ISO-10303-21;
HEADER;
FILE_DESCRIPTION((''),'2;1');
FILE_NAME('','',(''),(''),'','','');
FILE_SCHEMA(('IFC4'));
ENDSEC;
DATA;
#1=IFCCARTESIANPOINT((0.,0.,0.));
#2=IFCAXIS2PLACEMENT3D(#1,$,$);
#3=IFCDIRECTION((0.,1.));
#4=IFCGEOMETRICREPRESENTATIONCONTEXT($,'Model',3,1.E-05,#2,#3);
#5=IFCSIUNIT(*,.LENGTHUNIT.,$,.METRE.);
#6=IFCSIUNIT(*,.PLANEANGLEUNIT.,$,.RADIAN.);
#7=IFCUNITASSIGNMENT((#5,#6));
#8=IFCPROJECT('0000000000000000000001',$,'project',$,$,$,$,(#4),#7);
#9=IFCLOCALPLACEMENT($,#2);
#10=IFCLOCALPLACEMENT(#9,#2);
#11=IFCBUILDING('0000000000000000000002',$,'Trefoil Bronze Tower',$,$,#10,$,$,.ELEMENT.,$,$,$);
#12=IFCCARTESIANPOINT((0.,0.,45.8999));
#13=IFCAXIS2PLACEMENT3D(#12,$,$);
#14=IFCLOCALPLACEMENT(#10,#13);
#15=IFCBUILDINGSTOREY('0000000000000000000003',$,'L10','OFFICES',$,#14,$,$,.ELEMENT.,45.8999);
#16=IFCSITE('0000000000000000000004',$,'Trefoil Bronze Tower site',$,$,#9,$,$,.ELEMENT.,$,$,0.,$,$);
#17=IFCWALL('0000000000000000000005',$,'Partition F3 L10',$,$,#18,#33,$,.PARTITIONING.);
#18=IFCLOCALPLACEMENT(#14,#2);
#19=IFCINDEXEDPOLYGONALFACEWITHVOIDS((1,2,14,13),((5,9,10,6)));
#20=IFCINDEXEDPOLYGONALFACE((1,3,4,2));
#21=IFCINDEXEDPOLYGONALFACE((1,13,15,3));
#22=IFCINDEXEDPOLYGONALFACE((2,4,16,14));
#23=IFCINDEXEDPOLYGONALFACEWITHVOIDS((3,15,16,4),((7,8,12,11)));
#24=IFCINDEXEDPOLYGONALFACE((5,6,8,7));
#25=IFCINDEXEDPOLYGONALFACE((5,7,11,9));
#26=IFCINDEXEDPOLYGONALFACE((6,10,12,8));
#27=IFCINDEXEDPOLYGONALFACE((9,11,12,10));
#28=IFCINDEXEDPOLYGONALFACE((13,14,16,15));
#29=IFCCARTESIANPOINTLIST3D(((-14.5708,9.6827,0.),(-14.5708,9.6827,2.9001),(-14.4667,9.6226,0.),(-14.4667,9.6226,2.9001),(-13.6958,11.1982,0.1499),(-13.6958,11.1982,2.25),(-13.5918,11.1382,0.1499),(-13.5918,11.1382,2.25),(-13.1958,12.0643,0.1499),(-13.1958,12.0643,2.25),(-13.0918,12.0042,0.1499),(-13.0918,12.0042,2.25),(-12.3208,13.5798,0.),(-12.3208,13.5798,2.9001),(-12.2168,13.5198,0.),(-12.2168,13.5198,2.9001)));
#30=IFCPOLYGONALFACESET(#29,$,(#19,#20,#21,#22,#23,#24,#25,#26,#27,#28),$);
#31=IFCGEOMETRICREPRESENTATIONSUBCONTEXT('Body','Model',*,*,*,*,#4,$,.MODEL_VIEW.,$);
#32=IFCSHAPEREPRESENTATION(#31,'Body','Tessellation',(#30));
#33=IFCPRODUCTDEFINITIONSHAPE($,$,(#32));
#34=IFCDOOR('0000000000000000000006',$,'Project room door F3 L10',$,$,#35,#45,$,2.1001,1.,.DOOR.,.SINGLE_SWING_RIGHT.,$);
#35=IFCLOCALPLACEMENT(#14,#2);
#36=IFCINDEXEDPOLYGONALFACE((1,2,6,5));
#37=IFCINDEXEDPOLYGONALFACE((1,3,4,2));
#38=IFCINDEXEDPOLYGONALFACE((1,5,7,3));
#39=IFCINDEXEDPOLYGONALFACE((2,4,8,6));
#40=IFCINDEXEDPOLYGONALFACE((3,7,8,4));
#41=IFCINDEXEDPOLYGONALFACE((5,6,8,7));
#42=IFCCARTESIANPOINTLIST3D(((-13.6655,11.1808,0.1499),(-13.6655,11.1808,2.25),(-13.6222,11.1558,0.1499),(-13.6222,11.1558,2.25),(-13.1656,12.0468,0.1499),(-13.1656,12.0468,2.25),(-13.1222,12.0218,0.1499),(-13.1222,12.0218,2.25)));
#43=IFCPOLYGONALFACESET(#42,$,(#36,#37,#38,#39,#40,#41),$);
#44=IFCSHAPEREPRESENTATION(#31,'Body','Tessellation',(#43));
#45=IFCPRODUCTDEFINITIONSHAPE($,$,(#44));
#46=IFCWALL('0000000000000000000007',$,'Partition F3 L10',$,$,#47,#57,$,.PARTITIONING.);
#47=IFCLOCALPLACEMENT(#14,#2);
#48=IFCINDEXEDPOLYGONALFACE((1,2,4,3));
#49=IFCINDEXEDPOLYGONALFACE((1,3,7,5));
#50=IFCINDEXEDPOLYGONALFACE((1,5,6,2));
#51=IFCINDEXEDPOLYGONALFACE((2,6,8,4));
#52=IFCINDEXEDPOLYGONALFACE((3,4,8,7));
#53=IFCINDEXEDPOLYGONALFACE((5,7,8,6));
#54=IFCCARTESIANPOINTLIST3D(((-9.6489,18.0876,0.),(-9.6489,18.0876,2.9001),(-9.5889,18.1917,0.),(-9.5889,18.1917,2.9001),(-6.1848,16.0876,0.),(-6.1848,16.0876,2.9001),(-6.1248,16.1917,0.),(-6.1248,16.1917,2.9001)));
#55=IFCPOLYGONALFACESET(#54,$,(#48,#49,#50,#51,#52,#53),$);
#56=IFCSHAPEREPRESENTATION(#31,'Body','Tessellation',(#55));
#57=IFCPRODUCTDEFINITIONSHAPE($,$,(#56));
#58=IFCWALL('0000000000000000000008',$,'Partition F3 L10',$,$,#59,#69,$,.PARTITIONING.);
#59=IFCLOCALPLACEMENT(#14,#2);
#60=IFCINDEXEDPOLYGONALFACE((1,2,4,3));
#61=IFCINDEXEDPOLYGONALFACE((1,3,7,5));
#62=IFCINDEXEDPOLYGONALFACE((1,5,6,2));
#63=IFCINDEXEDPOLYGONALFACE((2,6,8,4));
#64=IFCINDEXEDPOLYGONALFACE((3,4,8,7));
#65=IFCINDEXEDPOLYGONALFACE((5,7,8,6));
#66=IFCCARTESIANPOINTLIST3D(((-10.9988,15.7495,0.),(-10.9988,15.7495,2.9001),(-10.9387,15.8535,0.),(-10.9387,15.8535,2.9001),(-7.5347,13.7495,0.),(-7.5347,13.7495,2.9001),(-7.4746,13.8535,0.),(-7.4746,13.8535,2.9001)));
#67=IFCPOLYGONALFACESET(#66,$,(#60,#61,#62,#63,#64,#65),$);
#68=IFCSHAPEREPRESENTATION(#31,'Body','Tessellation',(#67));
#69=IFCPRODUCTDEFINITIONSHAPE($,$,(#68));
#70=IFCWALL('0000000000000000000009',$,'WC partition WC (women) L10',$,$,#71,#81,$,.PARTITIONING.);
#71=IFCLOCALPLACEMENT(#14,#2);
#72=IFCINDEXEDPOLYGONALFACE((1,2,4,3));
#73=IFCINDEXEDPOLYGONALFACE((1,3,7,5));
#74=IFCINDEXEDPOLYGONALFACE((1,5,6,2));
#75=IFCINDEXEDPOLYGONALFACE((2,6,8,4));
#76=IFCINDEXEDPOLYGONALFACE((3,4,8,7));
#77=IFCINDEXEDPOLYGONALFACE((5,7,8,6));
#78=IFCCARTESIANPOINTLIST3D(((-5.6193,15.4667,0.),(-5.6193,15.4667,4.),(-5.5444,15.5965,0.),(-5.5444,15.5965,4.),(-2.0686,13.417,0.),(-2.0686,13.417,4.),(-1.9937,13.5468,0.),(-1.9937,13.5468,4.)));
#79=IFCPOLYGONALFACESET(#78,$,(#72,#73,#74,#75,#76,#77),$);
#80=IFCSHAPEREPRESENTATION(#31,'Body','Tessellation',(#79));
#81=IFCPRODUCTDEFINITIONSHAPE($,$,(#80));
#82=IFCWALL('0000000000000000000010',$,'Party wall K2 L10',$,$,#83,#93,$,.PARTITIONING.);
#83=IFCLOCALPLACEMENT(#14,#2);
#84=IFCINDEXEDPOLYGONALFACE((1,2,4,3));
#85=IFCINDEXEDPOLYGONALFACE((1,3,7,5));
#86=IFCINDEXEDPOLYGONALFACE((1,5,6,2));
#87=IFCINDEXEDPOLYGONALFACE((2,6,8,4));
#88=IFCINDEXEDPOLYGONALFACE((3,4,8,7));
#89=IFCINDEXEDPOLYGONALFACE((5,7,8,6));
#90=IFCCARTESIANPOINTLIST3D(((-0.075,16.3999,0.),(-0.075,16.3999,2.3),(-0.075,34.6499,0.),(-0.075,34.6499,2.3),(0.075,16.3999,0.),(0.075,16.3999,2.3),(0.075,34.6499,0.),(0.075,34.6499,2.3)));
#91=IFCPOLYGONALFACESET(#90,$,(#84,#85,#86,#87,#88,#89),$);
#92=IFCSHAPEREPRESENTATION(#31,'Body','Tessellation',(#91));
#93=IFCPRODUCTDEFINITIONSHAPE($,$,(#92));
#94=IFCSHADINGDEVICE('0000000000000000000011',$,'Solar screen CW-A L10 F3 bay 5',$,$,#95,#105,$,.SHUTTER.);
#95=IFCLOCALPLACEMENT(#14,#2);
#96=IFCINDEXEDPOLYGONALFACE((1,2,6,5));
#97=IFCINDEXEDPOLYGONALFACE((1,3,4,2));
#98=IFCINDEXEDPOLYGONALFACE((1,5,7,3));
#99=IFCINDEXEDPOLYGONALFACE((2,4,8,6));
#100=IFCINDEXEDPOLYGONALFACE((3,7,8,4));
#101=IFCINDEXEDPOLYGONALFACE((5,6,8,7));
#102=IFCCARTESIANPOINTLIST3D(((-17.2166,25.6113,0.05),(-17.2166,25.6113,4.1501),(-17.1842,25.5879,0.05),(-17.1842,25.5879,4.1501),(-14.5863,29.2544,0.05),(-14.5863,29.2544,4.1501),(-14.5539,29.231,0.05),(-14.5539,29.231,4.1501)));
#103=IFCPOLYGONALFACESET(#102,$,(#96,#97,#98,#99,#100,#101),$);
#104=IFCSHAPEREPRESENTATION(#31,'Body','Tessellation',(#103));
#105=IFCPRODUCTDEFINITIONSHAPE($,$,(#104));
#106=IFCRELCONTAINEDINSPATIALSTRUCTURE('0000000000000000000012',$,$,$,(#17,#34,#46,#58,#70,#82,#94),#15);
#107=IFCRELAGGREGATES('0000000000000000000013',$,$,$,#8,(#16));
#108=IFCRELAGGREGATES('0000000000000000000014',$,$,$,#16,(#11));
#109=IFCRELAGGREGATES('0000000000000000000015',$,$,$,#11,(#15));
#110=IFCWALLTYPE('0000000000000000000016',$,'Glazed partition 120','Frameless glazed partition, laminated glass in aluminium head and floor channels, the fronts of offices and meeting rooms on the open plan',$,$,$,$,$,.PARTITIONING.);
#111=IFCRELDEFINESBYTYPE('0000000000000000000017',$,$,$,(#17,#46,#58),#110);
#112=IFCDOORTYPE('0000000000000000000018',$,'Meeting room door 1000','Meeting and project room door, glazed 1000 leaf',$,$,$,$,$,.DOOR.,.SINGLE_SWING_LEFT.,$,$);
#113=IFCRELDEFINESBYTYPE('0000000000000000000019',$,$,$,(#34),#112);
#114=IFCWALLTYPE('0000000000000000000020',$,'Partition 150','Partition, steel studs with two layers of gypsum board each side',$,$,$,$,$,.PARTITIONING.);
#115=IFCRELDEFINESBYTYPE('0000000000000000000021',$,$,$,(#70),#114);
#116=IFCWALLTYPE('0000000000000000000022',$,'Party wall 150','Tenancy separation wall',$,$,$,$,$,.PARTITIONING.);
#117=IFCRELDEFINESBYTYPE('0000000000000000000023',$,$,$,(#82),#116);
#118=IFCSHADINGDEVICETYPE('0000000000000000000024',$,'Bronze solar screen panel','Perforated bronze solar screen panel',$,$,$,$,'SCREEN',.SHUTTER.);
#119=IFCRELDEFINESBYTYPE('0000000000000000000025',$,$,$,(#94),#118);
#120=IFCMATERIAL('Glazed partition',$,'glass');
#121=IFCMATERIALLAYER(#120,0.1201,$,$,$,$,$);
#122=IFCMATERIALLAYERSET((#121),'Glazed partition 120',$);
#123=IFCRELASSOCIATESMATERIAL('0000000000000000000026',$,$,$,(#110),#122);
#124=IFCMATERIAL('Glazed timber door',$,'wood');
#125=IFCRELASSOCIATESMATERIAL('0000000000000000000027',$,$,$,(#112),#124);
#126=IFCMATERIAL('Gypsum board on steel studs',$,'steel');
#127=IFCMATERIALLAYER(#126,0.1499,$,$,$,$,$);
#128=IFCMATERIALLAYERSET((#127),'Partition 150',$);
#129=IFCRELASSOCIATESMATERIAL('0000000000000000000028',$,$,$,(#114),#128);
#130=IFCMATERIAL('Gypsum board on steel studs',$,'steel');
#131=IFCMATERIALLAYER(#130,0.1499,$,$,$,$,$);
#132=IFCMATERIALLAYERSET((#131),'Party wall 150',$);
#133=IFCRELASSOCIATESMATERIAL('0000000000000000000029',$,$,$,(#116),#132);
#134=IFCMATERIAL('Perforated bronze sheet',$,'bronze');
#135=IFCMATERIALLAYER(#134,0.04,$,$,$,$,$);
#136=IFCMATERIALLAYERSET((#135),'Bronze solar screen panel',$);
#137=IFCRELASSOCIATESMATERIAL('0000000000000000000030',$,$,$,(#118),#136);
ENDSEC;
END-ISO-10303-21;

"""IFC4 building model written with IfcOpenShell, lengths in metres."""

from ifc_helpers import new_model, si_unit, direction, frame, frame_2d, origin, origin_2d, place, context, subcontext, project, spatial, rectangle, extrude, material, layer, layer_set, type_object, element, fill, save


model = new_model("IFC4")

# Units and contexts
model_context = context("Model", 3, precision=1e-05, world=origin(), true_north=direction((0.0, 1.0)))
body_context = subcontext(model_context, "Body", "Model", "MODEL_VIEW")
ifc_project = project(units=[si_unit("LENGTHUNIT", "METRE"), si_unit("PLANEANGLEUNIT", "RADIAN")], contexts=[model_context])

# Site, building, storey
site_placement = place(None, origin())
site = spatial("IfcSite", under=ifc_project, at=site_placement, Name="Trefoil Bronze Tower site", CompositionType="ELEMENT", RefElevation=0.0)
building_placement = place(site_placement, origin())
building = spatial("IfcBuilding", under=site, at=building_placement, Name="Trefoil Bronze Tower", CompositionType="ELEMENT")
storey_placement = place(building_placement, frame((0.0, 0.0, 45.8999)))
storey = spatial("IfcBuildingStorey", under=building, at=storey_placement, Name="L10", Description="OFFICES", CompositionType="ELEMENT", Elevation=45.8999)

# Wall, opening, door
ifc_material_1 = material(Name="Glazed partition", Category="glass")
ifc_layer_1 = layer(ifc_material_1, 0.1201)
ifc_layer_set_1 = layer_set([ifc_layer_1], Name="Glazed partition 120")
wall_type_1 = type_object("IfcWallType", Name="Glazed partition 120", Description="Frameless glazed partition, laminated glass in aluminium head and floor channels, the fronts of offices and meeting rooms on the open plan", PredefinedType="PARTITIONING", material=ifc_layer_set_1)
wall_1_placement = place(storey_placement, frame((-12.2688, 13.5498, 0.0), z_axis=(0.0, 0.0, 1.0), x_axis=(-0.49999, -0.866031, 0.0)))
wall_1 = element("IfcWall", 1, at=wall_1_placement, inside=storey, type_object=wall_type_1, Name="Partition F3 L10", PredefinedType="PARTITIONING", context=body_context, shape_type="SweptSolid", body=[
    extrude(rectangle(XDim=4.5, YDim=0.1201, at=frame_2d((2.25, 0.0))), origin(), (0.0, 0.0, 1.0), 2.9001),
])
opening_1_placement = place(wall_1_placement, frame((1.75, 0.0, 0.1499)))
opening_1 = element("IfcOpeningElement", 2, at=opening_1_placement, cuts=wall_1, PredefinedType="OPENING", context=body_context, shape_type="SweptSolid", body=[
    extrude(rectangle(XDim=1.0, YDim=2.1001, at=frame_2d((0.5, 1.05))), frame((0.0, 0.0701, 0.0), z_axis=(0.0, -1.0, 0.0), x_axis=(1.0, 0.0, 0.0)), (0.0, 0.0, 1.0), 0.1401),
])
ifc_material_2 = material(Name="Glazed timber door", Category="wood")
door_type_1 = type_object("IfcDoorType", Name="Meeting room door 1000", Description="Meeting and project room door, glazed 1000 leaf", OperationType="SINGLE_SWING_LEFT", PredefinedType="DOOR", material=ifc_material_2)
door_1_placement = place(opening_1_placement, origin())
door_1 = element("IfcDoor", 3, at=door_1_placement, inside=storey, type_object=door_type_1, Name="Project room door F3 L10", OperationType="SINGLE_SWING_RIGHT", OverallHeight=2.1001, OverallWidth=1.0, PredefinedType="DOOR", context=body_context, shape_type="SweptSolid", body=[
    extrude(rectangle(XDim=1.0, YDim=2.1001, at=frame_2d((0.5, 1.05))), frame((0.0, 0.0249, 0.0), z_axis=(0.0, -1.0, 0.0), x_axis=(1.0, 0.0, 0.0)), (0.0, 0.0, 1.0), 0.05),
])
fill(opening_1, door_1)

# Walls
for number, where, z_axis, x_axis, name in (
    (4, (-6.1548, 16.1396, 0.0), (0.0, 0.0, 1.0), (-0.866026, 0.499999, 0.0), "Partition F3 L10"),
    (5, (-7.5046, 13.8015, 0.0), (0.0, 0.0, 1.0), (-0.866026, 0.499999, 0.0), "Partition F3 L10"),
):
    element("IfcWall", number, at=place(storey_placement, frame(where, z_axis=z_axis, x_axis=x_axis)), inside=storey, type_object=wall_type_1, Name=name, PredefinedType="PARTITIONING", context=body_context, shape_type="SweptSolid", body=[
        extrude(rectangle(XDim=4.0, YDim=0.1201, at=frame_2d((2.0, 0.0))), origin(), (0.0, 0.0, 1.0), 2.9001),
    ])
ifc_material_3 = material(Name="Gypsum board on steel studs", Category="steel")
ifc_layer_2 = layer(ifc_material_3, 0.1499)
ifc_layer_set_2 = layer_set([ifc_layer_2], Name="Partition 150")
wall_type_2 = type_object("IfcWallType", Name="Partition 150", Description="Partition, steel studs with two layers of gypsum board each side", PredefinedType="PARTITIONING", material=ifc_layer_set_2)
wall_2_placement = place(storey_placement, frame((-2.0312, 13.4819, 0.0), z_axis=(0.0, 0.0, 1.0), x_axis=(-0.866051, 0.499956, 0.0)))
element("IfcWall", 6, at=wall_2_placement, inside=storey, type_object=wall_type_2, Name="WC partition WC (women) L10", PredefinedType="PARTITIONING", context=body_context, shape_type="SweptSolid", body=[
    extrude(rectangle(XDim=4.0999, YDim=0.1499, at=frame_2d((2.0498, 0.0))), origin(), (0.0, 0.0, 1.0), 4.0),
])
ifc_material_4 = material(Name="Gypsum board on steel studs", Category="steel")
ifc_layer_3 = layer(ifc_material_4, 0.1499)
ifc_layer_set_3 = layer_set([ifc_layer_3], Name="Party wall 150")
wall_type_3 = type_object("IfcWallType", Name="Party wall 150", Description="Tenancy separation wall", PredefinedType="PARTITIONING", material=ifc_layer_set_3)
wall_3_placement = place(storey_placement, frame((0.0, 16.3999, 0.0), z_axis=(0.0, 0.0, 1.0), x_axis=(0.0, 1.0, 0.0)))
element("IfcWall", 7, at=wall_3_placement, inside=storey, type_object=wall_type_3, Name="Party wall K2 L10", PredefinedType="PARTITIONING", context=body_context, shape_type="SweptSolid", body=[
    extrude(rectangle(XDim=18.25, YDim=0.1499, at=frame_2d((9.125, 0.0))), origin(), (0.0, 0.0, 1.0), 2.3),
])

# Shading device
ifc_material_5 = material(Name="Perforated bronze sheet", Category="bronze")
ifc_layer_4 = layer(ifc_material_5, 0.04)
ifc_layer_set_4 = layer_set([ifc_layer_4], Name="Bronze solar screen panel")
shading_device_type = type_object("IfcShadingDeviceType", Name="Bronze solar screen panel", Description="Perforated bronze solar screen panel", ElementType="SCREEN", PredefinedType="SHUTTER", material=ifc_layer_set_4)
shading_device_placement = place(storey_placement, frame((-15.8853, 27.4211, 0.05), z_axis=(0.0, 0.0, 1.0), x_axis=(-0.585373, -0.810764, 0.0)))
element("IfcShadingDevice", 8, at=shading_device_placement, inside=storey, type_object=shading_device_type, Name="Solar screen CW-A L10 F3 bay 5", PredefinedType="SHUTTER", context=body_context, shape_type="SweptSolid", body=[
    extrude(rectangle(XDim=4.4934, YDim=0.04, at=origin_2d()), origin(), (0.0, 0.0, 1.0), 4.1001),
])

save(model, "model.ifc")
